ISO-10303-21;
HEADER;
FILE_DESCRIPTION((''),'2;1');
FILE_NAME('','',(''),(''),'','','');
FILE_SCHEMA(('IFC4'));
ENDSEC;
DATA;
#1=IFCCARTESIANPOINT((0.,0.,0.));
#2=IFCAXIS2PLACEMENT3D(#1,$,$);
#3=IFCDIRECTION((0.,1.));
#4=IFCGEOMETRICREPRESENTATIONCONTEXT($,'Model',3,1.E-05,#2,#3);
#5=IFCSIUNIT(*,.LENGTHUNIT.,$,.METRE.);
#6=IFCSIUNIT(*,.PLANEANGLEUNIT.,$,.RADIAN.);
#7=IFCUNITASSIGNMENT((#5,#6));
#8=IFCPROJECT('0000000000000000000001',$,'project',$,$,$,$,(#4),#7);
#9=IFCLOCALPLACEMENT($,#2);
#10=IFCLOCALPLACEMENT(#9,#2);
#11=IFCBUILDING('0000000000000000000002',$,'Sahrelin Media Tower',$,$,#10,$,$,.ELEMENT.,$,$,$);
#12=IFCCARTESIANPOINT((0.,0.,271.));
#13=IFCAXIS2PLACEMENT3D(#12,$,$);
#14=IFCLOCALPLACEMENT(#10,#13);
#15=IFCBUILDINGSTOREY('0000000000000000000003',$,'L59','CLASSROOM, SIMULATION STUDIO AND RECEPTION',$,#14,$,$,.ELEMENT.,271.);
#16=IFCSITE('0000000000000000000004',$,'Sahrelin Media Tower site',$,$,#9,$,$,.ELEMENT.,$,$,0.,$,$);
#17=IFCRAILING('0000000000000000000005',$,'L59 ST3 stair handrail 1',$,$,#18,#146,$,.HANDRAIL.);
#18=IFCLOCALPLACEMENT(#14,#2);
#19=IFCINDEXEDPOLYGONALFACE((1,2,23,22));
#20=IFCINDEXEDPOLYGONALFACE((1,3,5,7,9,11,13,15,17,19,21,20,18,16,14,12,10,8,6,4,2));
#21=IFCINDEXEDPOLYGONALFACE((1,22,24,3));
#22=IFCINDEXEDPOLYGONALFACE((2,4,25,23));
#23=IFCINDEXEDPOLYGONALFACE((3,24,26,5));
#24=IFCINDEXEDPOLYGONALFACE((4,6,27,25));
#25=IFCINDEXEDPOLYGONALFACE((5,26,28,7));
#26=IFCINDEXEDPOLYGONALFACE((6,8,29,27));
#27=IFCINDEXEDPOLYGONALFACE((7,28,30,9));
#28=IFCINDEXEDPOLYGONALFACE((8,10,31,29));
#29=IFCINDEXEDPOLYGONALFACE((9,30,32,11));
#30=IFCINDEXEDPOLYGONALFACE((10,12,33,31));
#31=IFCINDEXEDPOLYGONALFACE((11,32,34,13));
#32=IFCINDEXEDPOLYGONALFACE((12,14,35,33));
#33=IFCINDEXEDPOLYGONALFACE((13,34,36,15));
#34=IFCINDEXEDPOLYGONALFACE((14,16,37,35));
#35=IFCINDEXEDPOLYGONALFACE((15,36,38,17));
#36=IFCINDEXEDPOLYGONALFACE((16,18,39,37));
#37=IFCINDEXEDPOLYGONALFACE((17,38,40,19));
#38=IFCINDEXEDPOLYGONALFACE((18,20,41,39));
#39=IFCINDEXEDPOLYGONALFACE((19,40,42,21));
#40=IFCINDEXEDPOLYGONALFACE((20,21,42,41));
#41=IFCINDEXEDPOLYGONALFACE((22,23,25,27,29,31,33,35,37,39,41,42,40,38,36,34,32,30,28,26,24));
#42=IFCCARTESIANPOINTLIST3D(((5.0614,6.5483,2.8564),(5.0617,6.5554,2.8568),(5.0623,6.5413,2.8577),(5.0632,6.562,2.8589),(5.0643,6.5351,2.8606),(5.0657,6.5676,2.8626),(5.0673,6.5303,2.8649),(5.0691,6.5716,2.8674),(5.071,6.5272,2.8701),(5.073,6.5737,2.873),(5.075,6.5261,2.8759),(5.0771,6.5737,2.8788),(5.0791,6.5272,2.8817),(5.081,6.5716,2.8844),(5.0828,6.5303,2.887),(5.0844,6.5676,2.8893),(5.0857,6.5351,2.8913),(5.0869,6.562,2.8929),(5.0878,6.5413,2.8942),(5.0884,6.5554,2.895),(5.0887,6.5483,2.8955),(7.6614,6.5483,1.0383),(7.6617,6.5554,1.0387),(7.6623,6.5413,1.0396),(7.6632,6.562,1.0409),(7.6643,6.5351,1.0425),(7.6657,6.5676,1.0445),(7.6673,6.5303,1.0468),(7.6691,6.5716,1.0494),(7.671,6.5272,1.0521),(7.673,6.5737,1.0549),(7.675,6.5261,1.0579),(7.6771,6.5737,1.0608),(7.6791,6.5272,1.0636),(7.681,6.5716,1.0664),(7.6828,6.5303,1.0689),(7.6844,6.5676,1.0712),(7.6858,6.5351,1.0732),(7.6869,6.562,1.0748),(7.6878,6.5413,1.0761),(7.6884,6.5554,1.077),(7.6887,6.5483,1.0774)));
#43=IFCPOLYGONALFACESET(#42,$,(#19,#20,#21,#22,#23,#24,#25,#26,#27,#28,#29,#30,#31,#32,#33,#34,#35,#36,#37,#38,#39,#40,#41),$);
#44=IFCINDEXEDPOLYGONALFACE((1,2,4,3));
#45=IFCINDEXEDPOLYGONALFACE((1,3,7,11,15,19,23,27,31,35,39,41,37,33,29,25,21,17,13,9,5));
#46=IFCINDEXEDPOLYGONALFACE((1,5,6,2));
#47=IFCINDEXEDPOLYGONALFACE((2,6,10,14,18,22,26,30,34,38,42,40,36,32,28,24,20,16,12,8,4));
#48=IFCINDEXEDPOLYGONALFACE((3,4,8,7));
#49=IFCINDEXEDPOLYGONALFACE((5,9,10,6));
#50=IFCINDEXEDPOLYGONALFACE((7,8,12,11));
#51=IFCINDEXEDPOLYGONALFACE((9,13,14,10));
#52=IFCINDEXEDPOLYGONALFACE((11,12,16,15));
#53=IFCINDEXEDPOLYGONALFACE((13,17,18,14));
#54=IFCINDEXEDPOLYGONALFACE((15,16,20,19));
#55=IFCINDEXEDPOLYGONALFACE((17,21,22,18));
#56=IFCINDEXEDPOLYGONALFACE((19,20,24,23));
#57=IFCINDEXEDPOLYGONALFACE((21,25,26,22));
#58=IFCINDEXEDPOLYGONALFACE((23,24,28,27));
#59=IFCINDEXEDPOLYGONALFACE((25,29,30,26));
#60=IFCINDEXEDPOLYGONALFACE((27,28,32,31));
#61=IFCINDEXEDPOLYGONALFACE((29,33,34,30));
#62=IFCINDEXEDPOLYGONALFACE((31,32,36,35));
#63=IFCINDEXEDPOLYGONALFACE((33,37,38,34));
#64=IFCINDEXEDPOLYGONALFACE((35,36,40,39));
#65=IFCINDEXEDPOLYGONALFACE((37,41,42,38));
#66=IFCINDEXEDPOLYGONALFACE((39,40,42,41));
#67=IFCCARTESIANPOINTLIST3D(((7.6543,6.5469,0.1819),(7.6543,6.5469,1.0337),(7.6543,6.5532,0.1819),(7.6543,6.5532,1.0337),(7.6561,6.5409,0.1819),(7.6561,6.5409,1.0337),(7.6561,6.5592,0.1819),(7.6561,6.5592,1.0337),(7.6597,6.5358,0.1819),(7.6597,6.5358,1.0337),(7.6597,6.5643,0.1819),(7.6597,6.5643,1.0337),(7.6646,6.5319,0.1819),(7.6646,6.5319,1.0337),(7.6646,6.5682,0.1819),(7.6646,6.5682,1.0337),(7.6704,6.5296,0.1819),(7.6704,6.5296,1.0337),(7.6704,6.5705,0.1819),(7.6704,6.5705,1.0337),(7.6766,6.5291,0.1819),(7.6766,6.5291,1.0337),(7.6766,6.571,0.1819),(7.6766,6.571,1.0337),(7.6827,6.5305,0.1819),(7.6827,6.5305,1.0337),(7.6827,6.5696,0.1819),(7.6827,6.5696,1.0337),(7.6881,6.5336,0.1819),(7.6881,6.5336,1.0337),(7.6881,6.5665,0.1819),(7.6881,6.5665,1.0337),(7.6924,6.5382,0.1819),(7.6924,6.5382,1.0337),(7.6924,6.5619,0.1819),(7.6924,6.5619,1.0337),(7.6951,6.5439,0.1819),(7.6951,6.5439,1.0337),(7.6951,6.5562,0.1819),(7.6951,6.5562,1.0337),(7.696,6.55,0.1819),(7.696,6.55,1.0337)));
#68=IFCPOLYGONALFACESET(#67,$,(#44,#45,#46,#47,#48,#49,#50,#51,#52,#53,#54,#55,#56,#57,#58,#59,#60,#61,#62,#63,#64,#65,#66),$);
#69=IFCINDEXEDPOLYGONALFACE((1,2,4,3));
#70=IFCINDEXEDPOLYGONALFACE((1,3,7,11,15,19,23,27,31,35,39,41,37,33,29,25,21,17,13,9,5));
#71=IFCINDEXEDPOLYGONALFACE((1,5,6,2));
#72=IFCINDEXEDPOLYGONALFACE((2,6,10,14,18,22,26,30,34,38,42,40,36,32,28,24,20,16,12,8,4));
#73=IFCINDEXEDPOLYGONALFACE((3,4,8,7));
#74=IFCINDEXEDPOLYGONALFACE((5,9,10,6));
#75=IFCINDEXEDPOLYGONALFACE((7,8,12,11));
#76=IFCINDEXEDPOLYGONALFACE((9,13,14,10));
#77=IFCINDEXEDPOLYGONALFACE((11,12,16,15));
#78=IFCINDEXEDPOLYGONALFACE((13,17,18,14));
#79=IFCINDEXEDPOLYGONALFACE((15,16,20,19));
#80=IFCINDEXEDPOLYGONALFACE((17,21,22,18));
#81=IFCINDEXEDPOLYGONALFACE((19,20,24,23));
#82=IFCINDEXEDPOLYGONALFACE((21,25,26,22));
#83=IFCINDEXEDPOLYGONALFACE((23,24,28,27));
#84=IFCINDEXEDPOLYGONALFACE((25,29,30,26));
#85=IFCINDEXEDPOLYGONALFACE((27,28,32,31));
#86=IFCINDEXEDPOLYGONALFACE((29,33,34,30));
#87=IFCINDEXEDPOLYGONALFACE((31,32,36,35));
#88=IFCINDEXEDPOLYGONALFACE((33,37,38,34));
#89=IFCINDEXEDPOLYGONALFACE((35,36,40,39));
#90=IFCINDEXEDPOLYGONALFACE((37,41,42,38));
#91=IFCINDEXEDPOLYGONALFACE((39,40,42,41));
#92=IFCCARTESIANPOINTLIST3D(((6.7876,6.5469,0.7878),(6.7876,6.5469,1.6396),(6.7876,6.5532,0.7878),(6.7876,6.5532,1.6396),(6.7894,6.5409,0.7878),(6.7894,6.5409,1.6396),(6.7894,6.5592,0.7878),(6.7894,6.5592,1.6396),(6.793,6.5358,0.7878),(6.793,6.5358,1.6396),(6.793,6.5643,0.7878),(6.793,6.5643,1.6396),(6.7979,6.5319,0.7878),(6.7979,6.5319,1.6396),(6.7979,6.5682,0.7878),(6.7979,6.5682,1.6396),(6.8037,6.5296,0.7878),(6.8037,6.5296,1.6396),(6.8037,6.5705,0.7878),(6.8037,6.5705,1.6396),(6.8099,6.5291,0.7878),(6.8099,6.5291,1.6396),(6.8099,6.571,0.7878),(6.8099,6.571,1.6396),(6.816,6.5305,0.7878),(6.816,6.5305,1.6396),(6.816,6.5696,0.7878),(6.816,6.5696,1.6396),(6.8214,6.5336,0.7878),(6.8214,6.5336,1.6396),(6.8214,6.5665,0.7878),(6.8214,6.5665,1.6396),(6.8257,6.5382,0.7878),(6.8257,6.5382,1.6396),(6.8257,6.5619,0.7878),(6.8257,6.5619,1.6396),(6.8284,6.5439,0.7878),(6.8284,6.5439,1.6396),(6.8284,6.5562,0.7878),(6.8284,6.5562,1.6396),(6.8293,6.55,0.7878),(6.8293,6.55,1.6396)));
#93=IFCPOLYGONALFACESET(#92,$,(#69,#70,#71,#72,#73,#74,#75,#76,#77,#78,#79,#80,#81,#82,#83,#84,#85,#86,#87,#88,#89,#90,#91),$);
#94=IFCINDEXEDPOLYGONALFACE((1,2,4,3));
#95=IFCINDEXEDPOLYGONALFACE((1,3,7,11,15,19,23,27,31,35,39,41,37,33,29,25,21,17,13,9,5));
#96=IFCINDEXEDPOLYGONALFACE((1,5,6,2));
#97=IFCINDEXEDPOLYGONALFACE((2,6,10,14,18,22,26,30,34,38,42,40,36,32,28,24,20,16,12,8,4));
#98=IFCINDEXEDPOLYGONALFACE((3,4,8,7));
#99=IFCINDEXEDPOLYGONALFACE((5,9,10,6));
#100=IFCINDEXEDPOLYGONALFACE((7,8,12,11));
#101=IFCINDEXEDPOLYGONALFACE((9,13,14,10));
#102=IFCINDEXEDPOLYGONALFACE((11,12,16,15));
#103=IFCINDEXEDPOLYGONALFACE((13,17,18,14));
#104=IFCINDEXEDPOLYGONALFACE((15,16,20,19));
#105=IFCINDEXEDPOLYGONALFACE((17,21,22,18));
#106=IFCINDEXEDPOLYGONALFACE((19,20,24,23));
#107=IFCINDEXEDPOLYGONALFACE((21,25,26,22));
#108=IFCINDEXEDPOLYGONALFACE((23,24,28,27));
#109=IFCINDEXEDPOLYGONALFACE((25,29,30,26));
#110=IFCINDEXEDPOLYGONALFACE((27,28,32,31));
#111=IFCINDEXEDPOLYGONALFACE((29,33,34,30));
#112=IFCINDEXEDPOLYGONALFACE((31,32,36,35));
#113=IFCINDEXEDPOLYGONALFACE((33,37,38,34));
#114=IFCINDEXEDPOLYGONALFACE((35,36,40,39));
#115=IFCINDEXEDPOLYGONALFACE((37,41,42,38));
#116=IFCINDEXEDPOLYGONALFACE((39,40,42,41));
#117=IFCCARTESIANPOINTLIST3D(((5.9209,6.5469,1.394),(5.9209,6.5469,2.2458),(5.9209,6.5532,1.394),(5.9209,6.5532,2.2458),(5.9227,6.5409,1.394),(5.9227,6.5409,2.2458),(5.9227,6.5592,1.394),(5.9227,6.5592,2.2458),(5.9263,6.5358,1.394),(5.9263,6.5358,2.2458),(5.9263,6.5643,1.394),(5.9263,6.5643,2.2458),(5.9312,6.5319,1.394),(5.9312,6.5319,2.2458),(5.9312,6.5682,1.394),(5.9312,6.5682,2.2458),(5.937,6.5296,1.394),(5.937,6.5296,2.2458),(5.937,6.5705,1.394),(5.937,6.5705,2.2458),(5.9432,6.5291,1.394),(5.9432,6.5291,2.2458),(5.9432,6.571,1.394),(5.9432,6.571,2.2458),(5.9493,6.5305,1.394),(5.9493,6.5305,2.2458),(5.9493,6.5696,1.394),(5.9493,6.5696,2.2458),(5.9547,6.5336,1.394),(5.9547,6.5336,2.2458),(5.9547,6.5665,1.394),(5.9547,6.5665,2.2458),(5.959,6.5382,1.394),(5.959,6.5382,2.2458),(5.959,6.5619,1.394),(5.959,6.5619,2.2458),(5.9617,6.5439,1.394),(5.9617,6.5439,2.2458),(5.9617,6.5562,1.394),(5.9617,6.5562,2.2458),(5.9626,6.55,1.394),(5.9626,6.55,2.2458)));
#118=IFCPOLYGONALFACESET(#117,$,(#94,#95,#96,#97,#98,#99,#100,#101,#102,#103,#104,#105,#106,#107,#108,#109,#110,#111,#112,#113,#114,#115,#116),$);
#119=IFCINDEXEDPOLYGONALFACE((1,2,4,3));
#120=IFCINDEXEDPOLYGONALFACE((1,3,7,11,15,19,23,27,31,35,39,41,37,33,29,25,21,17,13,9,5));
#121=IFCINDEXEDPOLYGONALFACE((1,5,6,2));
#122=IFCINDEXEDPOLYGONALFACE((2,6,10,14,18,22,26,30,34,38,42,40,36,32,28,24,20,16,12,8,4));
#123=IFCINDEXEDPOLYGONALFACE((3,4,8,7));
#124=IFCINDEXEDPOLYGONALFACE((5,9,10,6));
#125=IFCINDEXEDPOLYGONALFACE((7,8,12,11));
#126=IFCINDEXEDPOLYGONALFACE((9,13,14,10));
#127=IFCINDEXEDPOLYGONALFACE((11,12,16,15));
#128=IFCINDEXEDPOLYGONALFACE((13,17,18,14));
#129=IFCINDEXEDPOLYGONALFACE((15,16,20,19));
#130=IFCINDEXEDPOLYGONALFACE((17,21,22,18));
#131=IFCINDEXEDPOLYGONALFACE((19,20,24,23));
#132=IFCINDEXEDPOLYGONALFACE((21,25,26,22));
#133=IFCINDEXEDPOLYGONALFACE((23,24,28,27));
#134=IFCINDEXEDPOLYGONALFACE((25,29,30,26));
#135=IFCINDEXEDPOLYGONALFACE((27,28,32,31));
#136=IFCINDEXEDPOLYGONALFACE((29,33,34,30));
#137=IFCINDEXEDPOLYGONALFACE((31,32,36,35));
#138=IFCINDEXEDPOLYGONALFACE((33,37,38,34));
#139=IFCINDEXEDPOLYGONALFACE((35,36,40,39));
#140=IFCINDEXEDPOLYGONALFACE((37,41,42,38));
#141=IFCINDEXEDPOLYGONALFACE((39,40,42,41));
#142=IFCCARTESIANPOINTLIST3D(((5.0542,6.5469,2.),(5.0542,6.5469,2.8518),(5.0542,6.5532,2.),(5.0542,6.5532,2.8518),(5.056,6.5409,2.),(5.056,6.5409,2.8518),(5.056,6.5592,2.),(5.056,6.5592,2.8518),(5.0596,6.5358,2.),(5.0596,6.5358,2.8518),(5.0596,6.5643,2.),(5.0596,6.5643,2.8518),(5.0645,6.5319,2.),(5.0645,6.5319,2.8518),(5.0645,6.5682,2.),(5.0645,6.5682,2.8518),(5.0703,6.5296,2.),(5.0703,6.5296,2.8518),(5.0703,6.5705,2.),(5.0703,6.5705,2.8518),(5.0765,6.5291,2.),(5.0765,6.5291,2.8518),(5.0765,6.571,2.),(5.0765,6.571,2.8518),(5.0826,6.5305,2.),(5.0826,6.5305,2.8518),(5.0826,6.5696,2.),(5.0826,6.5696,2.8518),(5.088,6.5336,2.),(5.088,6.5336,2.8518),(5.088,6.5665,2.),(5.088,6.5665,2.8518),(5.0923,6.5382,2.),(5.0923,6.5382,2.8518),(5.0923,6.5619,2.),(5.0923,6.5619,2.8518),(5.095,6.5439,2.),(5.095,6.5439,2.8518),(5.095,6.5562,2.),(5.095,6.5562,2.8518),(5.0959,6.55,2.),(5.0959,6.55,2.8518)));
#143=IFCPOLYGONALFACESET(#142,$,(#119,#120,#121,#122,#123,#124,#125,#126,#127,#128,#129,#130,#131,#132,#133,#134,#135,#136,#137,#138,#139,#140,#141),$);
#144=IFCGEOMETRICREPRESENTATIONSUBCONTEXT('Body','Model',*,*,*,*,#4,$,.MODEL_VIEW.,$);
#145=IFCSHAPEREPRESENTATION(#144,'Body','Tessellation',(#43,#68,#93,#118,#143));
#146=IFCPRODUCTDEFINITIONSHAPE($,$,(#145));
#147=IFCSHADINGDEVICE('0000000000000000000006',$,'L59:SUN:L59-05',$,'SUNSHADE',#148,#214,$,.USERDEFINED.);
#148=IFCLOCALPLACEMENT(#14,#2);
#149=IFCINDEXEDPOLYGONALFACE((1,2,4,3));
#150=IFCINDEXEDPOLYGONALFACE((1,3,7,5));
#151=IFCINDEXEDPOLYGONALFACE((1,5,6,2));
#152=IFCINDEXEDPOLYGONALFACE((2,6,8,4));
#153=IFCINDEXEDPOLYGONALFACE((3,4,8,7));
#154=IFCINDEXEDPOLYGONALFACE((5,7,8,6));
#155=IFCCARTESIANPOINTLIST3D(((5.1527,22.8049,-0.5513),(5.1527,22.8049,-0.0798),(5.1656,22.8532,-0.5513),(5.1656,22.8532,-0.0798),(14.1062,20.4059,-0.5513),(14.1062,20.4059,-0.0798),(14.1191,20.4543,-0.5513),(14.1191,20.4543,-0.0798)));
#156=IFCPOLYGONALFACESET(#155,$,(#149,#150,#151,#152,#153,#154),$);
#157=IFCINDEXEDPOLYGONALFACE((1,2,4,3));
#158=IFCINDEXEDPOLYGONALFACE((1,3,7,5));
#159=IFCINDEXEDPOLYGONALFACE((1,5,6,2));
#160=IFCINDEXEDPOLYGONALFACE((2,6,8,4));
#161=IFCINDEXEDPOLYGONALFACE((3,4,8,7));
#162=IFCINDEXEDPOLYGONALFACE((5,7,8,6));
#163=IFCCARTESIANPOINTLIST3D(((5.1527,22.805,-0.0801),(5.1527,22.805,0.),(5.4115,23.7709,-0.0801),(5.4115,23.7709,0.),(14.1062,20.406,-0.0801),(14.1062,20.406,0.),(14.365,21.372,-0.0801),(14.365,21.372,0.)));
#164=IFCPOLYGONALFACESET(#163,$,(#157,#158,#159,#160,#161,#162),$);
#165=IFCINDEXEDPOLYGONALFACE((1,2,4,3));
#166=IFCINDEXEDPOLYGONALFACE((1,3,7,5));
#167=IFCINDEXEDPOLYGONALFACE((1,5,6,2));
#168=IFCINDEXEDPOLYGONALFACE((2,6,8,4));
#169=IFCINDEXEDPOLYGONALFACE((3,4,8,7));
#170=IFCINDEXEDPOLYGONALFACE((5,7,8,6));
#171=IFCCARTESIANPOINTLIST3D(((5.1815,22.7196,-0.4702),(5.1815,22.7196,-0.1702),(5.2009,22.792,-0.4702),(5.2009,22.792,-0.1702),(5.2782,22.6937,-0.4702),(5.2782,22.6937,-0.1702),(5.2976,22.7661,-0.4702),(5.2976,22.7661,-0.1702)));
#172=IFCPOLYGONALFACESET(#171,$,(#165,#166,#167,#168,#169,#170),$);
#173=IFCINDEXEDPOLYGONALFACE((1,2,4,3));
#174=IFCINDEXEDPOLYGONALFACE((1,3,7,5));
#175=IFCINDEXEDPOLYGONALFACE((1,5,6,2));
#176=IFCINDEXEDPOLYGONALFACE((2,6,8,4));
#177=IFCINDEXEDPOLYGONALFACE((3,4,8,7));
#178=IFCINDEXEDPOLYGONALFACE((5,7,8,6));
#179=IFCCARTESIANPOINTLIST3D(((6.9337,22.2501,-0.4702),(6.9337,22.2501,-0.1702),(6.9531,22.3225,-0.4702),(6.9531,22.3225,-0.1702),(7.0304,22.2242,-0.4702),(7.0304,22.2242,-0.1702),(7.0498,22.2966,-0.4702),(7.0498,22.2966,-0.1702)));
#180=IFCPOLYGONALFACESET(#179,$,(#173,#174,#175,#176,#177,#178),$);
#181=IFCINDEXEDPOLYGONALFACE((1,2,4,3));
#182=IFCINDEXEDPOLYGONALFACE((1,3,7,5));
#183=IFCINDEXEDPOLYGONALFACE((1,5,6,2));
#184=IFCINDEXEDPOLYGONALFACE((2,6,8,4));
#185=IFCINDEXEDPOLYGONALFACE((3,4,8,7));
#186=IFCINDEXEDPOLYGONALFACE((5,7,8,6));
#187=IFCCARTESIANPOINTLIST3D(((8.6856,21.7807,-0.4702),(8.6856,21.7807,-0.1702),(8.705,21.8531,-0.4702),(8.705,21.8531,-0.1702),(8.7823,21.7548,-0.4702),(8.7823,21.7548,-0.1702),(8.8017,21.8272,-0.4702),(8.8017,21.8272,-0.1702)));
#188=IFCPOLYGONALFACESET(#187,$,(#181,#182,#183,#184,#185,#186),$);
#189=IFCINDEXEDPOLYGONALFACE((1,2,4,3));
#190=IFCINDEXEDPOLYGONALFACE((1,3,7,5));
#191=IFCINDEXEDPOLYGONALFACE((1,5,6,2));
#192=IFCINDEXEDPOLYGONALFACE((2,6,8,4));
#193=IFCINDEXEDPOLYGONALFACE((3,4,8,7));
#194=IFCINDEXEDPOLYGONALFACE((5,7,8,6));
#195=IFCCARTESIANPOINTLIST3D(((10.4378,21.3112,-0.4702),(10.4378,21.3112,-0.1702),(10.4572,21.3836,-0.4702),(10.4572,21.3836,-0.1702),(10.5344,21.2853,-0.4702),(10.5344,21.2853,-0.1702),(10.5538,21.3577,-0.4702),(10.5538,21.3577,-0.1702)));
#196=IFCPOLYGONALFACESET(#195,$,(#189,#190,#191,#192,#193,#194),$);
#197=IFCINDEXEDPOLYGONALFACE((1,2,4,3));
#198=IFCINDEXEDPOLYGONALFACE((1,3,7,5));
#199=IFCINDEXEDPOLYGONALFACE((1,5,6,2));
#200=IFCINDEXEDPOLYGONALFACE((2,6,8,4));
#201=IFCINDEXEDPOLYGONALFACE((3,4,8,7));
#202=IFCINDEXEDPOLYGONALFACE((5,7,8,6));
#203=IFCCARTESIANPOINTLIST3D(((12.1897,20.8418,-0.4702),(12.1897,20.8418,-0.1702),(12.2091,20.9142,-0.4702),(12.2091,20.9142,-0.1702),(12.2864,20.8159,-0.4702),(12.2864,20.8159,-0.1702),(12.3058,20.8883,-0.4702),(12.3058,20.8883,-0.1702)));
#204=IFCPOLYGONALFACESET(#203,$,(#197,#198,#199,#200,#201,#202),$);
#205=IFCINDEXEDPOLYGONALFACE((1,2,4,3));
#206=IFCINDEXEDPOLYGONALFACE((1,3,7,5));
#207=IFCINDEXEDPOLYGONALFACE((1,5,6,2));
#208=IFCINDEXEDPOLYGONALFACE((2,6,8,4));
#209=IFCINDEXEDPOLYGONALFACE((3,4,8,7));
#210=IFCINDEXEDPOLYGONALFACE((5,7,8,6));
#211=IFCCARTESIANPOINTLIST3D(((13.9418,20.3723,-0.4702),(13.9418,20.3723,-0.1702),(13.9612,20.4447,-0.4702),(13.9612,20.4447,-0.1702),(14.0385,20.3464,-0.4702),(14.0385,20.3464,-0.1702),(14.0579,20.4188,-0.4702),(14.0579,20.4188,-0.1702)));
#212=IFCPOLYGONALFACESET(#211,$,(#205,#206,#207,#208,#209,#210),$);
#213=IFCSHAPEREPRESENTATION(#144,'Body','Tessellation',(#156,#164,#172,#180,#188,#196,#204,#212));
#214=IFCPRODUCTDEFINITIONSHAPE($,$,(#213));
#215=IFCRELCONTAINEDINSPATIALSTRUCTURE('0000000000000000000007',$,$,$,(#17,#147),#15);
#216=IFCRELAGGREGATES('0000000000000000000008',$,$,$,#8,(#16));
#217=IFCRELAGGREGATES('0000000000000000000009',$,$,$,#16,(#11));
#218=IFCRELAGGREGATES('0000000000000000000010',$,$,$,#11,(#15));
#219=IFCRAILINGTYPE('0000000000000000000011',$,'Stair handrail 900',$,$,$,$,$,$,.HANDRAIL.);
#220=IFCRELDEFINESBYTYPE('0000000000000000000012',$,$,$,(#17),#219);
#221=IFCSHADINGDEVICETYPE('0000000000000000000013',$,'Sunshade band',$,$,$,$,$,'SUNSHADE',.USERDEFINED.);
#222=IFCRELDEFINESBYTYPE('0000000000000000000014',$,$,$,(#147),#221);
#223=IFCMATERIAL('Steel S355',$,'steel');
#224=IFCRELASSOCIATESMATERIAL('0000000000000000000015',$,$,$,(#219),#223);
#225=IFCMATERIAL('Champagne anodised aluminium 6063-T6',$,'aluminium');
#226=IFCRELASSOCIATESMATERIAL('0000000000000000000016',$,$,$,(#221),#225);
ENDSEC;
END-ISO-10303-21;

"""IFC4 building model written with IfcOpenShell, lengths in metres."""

from ifc_helpers import new_model, si_unit, direction, frame, origin, origin_2d, place, context, subcontext, project, spatial, rectangle, circle, extrude, material, type_object, element, save


model = new_model("IFC4")

# Units and contexts
model_context = context("Model", 3, precision=1e-05, world=origin(), true_north=direction((0.0, 1.0)))
body_context = subcontext(model_context, "Body", "Model", "MODEL_VIEW")
ifc_project = project(units=[si_unit("LENGTHUNIT", "METRE"), si_unit("PLANEANGLEUNIT", "RADIAN")], contexts=[model_context])

# Site, building, storey
site_placement = place(None, origin())
site = spatial("IfcSite", under=ifc_project, at=site_placement, Name="Sahrelin Media Tower site", CompositionType="ELEMENT", RefElevation=0.0)
building_placement = place(site_placement, origin())
building = spatial("IfcBuilding", under=site, at=building_placement, Name="Sahrelin Media Tower", CompositionType="ELEMENT")
storey_placement = place(building_placement, frame((0.0, 0.0, 271.0)))
storey = spatial("IfcBuildingStorey", under=building, at=storey_placement, Name="L59", Description="CLASSROOM, SIMULATION STUDIO AND RECEPTION", CompositionType="ELEMENT", Elevation=271.0)

# Shared definitions
ifc_material_1 = material(Name="Steel S355", Category="steel")

# Shared definitions
ifc_material_2 = material(Name="Champagne anodised aluminium 6063-T6", Category="aluminium")

# Shared definitions
placement = place(storey_placement, frame((9.6243, 21.5862, 0.0), z_axis=(0.0, 0.0, 1.0), x_axis=(0.965929, -0.258808, 0.0)))

# Railing
railing_type_1 = type_object("IfcRailingType", Name="Stair handrail 900", PredefinedType="HANDRAIL", material=ifc_material_1)
railing_1_placement = place(storey_placement, frame((7.675, 6.55, 0.1819)))
element("IfcRailing", 1, at=railing_1_placement, inside=storey, type_object=railing_type_1, Name="L59 ST3 stair handrail 1", PredefinedType="HANDRAIL", context=body_context, shape_type="SweptSolid", body=[
    extrude(circle(Radius=0.0239, at=origin_2d()), frame((0.0, 0.0, 0.876), z_axis=(-0.819521, 0.0, 0.573049), x_axis=(0.0, -1.0, 0.0)), (0.0, 0.0, 1.0), 3.1726),
    extrude(circle(Radius=0.021, at=origin_2d()), origin(), (0.0, 0.0, 1.0), 0.8518),
    extrude(circle(Radius=0.021, at=origin_2d()), frame((-0.8667, 0.0, 0.606)), (0.0, 0.0, 1.0), 0.8518),
    extrude(circle(Radius=0.021, at=origin_2d()), frame((-1.7334, 0.0, 1.2122)), (0.0, 0.0, 1.0), 0.8518),
    extrude(circle(Radius=0.021, at=origin_2d()), frame((-2.6001, 0.0, 1.8181)), (0.0, 0.0, 1.0), 0.8518),
])

# Shading device
shading_device_type_1 = type_object("IfcShadingDeviceType", Name="Sunshade band", ElementType="SUNSHADE", PredefinedType="USERDEFINED", material=ifc_material_2)
element("IfcShadingDevice", 2, at=placement, inside=storey, type_object=shading_device_type_1, Name="L59:SUN:L59-05", ObjectType="SUNSHADE", PredefinedType="USERDEFINED", context=body_context, shape_type="SweptSolid", body=[
    extrude(rectangle(XDim=9.2693, YDim=0.05, at=origin_2d()), frame((0.0, 0.0449, -0.5513)), (0.0, 0.0, 1.0), 0.4714),
    extrude(rectangle(XDim=9.2693, YDim=1.0, at=origin_2d()), frame((0.0, 0.52, -0.0801)), (0.0, 0.0, 1.0), 0.0801),
    extrude(rectangle(XDim=0.1001, YDim=0.075, at=origin_2d()), frame((-4.5347, -0.0176, -0.4702)), (0.0, 0.0, 1.0), 0.3),
    extrude(rectangle(XDim=0.1001, YDim=0.075, at=origin_2d()), frame((-2.7207, -0.0176, -0.4702)), (0.0, 0.0, 1.0), 0.3),
    extrude(rectangle(XDim=0.1001, YDim=0.075, at=origin_2d()), frame((-0.907, -0.0176, -0.4702)), (0.0, 0.0, 1.0), 0.3),
    extrude(rectangle(XDim=0.1001, YDim=0.075, at=origin_2d()), frame((0.907, -0.0176, -0.4702)), (0.0, 0.0, 1.0), 0.3),
    extrude(rectangle(XDim=0.1001, YDim=0.075, at=origin_2d()), frame((2.7207, -0.0176, -0.4702)), (0.0, 0.0, 1.0), 0.3),
    extrude(rectangle(XDim=0.1001, YDim=0.075, at=origin_2d()), frame((4.5347, -0.0176, -0.4702)), (0.0, 0.0, 1.0), 0.3),
])

save(model, "model.ifc")
